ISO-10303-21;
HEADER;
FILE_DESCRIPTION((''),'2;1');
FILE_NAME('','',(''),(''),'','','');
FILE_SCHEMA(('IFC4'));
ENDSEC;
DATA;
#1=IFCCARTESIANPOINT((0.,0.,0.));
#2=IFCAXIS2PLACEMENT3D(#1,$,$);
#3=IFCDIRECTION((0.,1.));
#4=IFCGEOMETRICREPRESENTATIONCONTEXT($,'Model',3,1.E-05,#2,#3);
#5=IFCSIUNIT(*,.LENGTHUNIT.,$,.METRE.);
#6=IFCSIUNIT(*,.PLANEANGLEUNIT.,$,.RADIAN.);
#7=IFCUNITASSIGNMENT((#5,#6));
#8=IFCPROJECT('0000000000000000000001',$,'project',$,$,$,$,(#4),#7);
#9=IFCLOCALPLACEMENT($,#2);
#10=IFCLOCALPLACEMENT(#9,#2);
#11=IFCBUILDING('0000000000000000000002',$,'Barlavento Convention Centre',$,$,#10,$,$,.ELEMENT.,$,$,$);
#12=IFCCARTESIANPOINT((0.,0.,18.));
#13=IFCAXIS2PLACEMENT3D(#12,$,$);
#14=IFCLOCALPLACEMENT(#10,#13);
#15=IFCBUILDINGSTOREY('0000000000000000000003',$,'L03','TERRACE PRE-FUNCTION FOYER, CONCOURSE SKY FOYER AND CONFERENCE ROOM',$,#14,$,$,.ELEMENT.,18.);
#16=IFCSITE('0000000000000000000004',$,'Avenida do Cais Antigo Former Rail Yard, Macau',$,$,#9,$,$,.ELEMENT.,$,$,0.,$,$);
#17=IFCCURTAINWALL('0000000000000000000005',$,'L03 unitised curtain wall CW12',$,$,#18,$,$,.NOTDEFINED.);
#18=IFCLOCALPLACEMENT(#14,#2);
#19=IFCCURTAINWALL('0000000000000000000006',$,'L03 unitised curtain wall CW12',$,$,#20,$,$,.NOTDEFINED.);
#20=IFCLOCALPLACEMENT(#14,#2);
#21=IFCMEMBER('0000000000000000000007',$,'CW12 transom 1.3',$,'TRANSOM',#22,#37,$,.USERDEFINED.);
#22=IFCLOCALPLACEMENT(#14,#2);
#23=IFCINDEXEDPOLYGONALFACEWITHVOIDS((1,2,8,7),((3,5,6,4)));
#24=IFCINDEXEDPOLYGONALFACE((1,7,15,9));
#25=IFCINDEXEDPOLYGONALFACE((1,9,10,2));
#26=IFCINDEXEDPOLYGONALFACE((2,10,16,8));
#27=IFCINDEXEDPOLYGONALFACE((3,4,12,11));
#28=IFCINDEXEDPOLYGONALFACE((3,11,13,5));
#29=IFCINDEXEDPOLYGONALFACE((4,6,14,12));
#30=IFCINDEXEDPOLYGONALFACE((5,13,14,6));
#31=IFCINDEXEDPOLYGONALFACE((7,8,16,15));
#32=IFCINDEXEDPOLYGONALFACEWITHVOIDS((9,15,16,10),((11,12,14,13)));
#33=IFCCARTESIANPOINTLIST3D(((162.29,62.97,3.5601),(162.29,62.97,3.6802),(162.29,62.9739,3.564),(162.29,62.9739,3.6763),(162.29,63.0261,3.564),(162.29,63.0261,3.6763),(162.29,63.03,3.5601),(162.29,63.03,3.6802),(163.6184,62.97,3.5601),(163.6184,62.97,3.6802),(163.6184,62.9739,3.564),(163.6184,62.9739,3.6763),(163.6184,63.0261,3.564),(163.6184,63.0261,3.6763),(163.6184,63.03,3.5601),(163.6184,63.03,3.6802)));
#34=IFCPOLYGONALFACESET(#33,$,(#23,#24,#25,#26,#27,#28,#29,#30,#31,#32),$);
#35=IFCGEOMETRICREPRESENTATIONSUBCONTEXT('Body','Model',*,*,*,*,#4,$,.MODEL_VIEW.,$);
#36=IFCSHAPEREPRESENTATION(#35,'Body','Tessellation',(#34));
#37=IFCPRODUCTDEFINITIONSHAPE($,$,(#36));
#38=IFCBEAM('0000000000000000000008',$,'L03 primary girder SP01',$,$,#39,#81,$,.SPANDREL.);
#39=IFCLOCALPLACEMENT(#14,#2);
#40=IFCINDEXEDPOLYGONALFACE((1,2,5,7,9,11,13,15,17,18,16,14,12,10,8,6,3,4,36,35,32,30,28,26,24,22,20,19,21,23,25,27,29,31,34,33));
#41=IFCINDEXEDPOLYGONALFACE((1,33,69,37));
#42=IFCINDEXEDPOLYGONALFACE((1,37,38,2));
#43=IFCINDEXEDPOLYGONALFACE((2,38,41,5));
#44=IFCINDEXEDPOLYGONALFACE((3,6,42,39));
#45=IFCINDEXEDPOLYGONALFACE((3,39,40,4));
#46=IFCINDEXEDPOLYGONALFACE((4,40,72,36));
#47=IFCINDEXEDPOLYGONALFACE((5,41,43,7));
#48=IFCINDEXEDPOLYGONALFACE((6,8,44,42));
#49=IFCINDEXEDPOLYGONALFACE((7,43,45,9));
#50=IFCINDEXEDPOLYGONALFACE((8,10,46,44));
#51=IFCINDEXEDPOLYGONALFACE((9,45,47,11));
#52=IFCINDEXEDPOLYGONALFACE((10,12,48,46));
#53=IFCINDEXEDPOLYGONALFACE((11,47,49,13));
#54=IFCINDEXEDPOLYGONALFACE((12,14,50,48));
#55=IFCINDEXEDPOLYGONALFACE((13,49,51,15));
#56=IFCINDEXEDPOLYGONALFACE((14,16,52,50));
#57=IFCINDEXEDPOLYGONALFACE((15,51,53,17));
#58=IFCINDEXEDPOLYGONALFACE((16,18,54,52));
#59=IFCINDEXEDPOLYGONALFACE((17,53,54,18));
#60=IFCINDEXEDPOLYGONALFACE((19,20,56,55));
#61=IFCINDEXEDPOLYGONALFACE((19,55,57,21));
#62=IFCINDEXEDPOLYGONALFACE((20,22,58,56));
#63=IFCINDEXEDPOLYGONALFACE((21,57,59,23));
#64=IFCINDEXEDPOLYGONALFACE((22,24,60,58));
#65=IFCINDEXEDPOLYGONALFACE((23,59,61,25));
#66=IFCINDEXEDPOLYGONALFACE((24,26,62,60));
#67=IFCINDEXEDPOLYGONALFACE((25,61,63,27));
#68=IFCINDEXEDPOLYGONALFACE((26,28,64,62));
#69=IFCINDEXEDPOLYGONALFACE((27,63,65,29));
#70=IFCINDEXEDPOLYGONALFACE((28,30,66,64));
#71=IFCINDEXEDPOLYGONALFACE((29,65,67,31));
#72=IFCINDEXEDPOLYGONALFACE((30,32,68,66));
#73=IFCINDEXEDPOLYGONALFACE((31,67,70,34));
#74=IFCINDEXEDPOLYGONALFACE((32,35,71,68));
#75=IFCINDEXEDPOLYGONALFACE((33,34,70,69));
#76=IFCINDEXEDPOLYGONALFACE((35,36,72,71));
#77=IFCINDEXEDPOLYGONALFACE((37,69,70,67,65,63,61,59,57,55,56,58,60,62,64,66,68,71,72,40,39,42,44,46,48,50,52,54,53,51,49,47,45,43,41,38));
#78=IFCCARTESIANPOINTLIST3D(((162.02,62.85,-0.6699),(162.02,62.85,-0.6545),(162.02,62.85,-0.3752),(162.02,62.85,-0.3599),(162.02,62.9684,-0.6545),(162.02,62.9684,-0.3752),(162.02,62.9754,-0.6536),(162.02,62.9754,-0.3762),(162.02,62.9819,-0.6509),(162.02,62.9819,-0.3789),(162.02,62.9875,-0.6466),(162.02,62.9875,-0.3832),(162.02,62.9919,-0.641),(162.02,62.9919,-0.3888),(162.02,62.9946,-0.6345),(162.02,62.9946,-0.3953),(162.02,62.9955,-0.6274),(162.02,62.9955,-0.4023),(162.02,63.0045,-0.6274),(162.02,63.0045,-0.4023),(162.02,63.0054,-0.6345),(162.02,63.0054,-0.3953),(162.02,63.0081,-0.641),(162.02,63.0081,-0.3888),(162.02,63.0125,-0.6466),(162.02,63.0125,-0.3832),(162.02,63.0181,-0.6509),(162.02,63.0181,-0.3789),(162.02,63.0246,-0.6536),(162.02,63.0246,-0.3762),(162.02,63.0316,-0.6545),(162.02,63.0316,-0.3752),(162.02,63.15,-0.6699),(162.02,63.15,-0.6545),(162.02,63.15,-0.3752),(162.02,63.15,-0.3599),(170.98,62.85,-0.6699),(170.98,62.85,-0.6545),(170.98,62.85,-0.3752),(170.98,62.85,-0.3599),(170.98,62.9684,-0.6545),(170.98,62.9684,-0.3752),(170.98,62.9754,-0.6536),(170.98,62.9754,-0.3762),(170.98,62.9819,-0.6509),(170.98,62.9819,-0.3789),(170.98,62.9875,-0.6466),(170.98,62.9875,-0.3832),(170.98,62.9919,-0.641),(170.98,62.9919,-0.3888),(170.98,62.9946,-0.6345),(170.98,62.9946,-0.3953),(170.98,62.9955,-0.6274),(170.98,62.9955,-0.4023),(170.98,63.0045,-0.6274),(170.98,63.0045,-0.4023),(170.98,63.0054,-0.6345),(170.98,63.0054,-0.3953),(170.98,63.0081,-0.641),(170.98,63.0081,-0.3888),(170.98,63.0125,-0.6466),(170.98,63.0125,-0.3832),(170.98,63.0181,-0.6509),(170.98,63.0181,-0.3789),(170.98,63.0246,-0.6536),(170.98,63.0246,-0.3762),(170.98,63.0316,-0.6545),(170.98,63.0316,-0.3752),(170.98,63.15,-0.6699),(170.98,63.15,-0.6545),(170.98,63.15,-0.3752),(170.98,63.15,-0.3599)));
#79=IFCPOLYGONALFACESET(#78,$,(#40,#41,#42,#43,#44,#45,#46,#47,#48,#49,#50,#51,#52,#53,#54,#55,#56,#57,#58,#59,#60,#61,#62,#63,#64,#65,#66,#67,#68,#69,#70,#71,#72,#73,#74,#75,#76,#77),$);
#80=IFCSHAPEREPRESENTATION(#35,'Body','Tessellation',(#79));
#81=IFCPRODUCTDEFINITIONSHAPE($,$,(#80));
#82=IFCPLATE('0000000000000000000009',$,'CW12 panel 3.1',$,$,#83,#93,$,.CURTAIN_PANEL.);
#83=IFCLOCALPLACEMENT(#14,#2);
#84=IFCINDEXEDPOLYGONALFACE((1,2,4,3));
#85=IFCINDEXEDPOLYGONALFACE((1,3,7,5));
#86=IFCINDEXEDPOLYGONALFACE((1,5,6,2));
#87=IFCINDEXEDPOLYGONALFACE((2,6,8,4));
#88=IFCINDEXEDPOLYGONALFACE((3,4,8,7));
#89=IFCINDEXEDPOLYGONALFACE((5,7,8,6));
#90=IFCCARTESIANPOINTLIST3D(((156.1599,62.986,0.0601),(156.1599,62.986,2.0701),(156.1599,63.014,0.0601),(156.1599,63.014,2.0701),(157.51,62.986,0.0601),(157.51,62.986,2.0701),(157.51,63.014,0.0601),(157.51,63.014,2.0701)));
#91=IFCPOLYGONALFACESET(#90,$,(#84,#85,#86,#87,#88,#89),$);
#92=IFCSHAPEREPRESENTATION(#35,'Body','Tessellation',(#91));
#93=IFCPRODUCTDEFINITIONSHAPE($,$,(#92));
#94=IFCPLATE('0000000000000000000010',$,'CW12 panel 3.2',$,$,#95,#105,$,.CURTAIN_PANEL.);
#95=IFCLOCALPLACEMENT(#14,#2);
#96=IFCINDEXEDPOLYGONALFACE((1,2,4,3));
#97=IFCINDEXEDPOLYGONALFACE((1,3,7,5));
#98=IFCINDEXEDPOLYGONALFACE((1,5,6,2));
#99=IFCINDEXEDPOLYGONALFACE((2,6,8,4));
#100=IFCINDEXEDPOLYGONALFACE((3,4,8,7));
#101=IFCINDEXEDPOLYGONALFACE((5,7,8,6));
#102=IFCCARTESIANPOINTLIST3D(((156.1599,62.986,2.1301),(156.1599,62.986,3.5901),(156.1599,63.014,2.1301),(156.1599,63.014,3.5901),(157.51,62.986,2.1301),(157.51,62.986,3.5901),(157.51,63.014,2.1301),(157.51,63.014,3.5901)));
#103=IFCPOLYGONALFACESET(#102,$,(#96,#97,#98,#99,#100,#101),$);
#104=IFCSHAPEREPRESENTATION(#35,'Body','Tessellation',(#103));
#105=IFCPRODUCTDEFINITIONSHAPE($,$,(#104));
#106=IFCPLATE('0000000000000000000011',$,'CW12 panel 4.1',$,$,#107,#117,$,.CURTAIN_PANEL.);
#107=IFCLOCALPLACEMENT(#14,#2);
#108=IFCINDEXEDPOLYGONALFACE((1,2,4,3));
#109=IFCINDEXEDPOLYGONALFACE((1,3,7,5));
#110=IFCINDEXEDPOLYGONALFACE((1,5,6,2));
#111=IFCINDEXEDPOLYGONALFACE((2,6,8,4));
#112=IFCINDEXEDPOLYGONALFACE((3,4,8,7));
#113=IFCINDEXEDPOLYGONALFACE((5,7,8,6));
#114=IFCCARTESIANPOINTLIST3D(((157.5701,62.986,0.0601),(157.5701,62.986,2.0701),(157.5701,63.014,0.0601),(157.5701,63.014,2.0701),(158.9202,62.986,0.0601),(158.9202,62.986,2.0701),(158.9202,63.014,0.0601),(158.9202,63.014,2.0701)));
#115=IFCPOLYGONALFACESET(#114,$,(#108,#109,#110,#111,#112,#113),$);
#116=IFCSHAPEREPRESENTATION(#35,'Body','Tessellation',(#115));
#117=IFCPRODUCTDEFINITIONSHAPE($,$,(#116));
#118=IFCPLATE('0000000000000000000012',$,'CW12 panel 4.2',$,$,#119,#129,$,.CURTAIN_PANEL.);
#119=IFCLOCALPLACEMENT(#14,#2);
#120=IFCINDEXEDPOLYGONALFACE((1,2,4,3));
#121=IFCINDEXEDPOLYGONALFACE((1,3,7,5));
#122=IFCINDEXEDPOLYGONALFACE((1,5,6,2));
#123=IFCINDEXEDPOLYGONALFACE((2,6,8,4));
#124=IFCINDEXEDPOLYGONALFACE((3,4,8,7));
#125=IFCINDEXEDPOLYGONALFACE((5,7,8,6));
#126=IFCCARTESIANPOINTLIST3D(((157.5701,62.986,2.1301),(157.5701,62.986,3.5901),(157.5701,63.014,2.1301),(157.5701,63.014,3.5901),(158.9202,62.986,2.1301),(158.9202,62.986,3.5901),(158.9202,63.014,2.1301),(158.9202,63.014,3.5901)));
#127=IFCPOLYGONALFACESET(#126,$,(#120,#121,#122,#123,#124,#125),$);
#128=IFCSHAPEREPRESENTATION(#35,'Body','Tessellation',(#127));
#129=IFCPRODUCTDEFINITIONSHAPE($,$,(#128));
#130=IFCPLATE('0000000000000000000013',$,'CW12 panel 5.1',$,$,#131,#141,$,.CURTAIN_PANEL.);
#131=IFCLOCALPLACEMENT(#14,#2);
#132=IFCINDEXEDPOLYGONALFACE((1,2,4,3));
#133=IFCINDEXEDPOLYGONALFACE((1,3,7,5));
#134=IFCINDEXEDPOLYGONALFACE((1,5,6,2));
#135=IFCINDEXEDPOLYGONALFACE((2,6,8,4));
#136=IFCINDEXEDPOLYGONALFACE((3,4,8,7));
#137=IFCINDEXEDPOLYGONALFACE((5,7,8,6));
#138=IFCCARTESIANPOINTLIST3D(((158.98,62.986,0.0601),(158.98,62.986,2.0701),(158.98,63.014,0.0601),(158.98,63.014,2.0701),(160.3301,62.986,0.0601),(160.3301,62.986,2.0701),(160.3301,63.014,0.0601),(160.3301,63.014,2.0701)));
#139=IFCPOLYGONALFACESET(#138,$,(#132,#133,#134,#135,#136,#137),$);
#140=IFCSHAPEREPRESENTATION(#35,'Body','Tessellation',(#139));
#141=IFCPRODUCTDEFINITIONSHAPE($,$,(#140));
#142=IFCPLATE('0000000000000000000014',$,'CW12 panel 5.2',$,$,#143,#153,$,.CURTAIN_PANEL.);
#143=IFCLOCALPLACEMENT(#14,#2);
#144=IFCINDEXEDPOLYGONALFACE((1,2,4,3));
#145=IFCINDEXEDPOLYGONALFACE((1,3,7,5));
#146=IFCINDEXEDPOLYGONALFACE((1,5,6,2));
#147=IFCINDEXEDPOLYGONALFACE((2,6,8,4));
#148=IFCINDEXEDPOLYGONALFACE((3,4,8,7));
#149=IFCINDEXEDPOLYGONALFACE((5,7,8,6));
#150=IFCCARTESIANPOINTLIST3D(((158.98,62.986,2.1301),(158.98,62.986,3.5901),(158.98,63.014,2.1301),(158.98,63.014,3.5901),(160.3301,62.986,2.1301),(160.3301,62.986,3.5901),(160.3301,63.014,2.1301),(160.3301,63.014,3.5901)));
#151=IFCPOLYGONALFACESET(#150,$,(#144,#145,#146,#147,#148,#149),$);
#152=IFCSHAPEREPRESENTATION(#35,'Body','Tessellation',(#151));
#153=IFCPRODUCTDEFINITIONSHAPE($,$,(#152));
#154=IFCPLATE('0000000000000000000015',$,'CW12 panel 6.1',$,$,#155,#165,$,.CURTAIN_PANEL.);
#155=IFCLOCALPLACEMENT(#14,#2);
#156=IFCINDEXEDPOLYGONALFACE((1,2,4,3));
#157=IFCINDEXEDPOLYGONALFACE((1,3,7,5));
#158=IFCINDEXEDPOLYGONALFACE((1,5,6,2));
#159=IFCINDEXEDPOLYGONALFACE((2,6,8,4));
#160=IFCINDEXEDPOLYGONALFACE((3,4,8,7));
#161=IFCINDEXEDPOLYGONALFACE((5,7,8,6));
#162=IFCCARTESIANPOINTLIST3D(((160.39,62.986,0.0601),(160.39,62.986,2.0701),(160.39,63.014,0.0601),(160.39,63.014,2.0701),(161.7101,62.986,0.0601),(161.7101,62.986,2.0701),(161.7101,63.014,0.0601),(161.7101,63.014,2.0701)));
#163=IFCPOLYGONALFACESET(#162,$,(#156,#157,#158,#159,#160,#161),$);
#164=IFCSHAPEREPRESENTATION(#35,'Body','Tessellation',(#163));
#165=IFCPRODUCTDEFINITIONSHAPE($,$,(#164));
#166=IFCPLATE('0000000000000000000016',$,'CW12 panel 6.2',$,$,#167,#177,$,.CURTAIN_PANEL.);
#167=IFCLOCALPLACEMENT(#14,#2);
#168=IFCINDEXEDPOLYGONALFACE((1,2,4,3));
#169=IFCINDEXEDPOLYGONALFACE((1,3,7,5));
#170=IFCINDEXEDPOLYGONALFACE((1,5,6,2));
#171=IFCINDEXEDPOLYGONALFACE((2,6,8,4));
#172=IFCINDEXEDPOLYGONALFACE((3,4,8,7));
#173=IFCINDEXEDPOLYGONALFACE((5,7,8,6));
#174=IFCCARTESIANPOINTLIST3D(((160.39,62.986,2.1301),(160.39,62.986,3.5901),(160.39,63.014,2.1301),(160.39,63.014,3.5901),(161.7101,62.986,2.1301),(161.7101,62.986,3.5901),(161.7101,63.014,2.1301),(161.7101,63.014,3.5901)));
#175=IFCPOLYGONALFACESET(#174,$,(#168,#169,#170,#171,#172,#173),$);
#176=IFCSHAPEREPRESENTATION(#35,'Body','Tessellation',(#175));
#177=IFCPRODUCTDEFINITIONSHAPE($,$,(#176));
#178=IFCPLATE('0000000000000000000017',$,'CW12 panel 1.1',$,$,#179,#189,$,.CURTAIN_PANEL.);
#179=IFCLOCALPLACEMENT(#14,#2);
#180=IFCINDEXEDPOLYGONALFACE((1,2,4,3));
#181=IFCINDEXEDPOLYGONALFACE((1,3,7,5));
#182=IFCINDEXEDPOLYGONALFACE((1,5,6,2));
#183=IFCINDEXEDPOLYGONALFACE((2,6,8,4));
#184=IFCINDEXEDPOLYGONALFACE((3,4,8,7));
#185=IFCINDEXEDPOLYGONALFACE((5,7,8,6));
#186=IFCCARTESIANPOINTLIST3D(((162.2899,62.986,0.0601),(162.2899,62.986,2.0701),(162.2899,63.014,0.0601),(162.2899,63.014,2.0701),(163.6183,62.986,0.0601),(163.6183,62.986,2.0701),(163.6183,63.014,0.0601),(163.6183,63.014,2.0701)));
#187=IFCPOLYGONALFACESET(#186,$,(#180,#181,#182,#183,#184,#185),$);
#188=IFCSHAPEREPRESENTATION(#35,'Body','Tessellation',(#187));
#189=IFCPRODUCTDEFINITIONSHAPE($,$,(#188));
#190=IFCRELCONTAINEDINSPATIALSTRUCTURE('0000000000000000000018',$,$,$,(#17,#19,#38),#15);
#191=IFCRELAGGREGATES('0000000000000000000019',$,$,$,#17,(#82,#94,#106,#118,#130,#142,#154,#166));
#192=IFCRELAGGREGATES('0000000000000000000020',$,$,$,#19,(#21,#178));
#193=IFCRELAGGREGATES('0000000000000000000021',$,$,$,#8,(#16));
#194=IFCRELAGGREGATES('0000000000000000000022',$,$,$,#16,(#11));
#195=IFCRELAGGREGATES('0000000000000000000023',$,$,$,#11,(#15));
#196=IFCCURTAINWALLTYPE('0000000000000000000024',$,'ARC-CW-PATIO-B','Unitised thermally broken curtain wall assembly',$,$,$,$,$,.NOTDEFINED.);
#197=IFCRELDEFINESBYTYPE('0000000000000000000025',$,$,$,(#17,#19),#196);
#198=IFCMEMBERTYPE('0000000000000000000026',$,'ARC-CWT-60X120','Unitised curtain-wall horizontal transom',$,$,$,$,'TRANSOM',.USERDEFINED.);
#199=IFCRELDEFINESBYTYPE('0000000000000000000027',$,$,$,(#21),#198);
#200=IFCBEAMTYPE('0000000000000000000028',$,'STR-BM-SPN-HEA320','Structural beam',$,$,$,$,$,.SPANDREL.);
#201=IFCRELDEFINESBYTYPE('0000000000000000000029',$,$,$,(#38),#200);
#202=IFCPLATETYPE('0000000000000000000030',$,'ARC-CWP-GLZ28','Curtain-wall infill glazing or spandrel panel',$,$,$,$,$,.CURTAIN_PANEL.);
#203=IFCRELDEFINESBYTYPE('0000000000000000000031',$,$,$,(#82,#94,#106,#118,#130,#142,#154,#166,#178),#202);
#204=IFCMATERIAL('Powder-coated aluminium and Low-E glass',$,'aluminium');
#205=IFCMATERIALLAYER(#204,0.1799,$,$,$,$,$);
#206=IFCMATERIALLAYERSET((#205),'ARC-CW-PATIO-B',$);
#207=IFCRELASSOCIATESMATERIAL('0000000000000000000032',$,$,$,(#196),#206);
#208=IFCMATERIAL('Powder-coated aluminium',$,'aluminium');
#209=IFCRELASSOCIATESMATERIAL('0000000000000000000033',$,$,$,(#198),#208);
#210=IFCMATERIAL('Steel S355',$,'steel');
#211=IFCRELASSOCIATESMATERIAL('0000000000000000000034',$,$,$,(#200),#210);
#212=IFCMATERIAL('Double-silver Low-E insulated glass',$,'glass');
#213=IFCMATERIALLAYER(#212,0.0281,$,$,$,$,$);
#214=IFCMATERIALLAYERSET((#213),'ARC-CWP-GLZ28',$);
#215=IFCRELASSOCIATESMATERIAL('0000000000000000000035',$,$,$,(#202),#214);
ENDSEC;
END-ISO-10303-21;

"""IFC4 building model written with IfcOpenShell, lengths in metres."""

from ifc_helpers import new_model, si_unit, direction, frame, origin, origin_2d, place, context, subcontext, project, spatial, rectangle, hollow_rectangle, i_section, extrude, material, layer, layer_set, material_profile, profile_set, type_object, element, aggregate, save


model = new_model("IFC4")

# Units and contexts
model_context = context("Model", 3, precision=1e-05, world=origin(), true_north=direction((0.0, 1.0)))
body_context = subcontext(model_context, "Body", "Model", "MODEL_VIEW")
ifc_project = project(units=[si_unit("LENGTHUNIT", "METRE"), si_unit("PLANEANGLEUNIT", "RADIAN")], contexts=[model_context])

# Site, building, storey
site_placement = place(None, origin())
site = spatial("IfcSite", under=ifc_project, at=site_placement, Name="Avenida do Cais Antigo Former Rail Yard, Macau", CompositionType="ELEMENT", RefElevation=0.0)
building_placement = place(site_placement, origin())
building = spatial("IfcBuilding", under=site, at=building_placement, Name="Barlavento Convention Centre", CompositionType="ELEMENT")
storey_placement = place(building_placement, frame((0.0, 0.0, 18.0)))
storey = spatial("IfcBuildingStorey", under=building, at=storey_placement, Name="L03", Description="TERRACE PRE-FUNCTION FOYER, CONCOURSE SKY FOYER AND CONFERENCE ROOM", CompositionType="ELEMENT", Elevation=18.0)

# Shared definitions
ifc_material_1 = material(Name="Steel S355", Category="steel")

# Curtain wall
ifc_material_2 = material(Name="Powder-coated aluminium and Low-E glass", Category="aluminium")
ifc_layer_1 = layer(ifc_material_2, 0.1799)
ifc_layer_set_1 = layer_set([ifc_layer_1], Name="ARC-CW-PATIO-B")
curtain_wall_type = type_object("IfcCurtainWallType", Name="ARC-CW-PATIO-B", Description="Unitised thermally broken curtain wall assembly", PredefinedType="NOTDEFINED", material=ifc_layer_set_1)
curtain_wall_1_placement = place(storey_placement, origin())
curtain_wall_1 = element("IfcCurtainWall", 1, at=curtain_wall_1_placement, inside=storey, type_object=curtain_wall_type, Name="L03 unitised curtain wall CW12", PredefinedType="NOTDEFINED")
ifc_material_3 = material(Name="Powder-coated aluminium", Category="aluminium")

# Curtain wall
curtain_wall_2_placement = place(storey_placement, origin())
curtain_wall_2 = element("IfcCurtainWall", 2, at=curtain_wall_2_placement, inside=storey, type_object=curtain_wall_type, Name="L03 unitised curtain wall CW12", PredefinedType="NOTDEFINED")

# Member
ifc_material_profile_1 = material_profile(ifc_material_3, hollow_rectangle(XDim=0.0601, YDim=0.1201, WallThickness=0.0039, at=origin_2d()), Name="AL-TRAN 60x120x4")
ifc_profile_set_1 = profile_set([ifc_material_profile_1], Name="Powder-coated aluminium")
member_type_1 = type_object("IfcMemberType", Name="ARC-CWT-60X120", Description="Unitised curtain-wall horizontal transom", ElementType="TRANSOM", PredefinedType="USERDEFINED", material=ifc_profile_set_1)
member_1_placement = place(storey_placement, frame((162.29, 63.0, 3.6201), z_axis=(1.0, 0.0, 0.0), x_axis=(0.0, 1.0, 0.0)))
member_1 = element("IfcMember", 3, at=member_1_placement, type_object=member_type_1, Name="CW12 transom 1.3", ObjectType="TRANSOM", PredefinedType="USERDEFINED", context=body_context, shape_type="SweptSolid", body=[
    extrude(hollow_rectangle(XDim=0.0601, YDim=0.1201, WallThickness=0.0039, at=origin_2d()), origin(), (0.0, 0.0, 1.0), 1.3284),
])

# Beam
ifc_material_profile_2 = material_profile(ifc_material_1, i_section(OverallWidth=0.3, OverallDepth=0.3101, WebThickness=0.009, FlangeThickness=0.0154, FilletRadius=0.0271, at=origin_2d()), Name="HEA 320")
ifc_profile_set_2 = profile_set([ifc_material_profile_2], Name="Steel S355")
beam_type = type_object("IfcBeamType", Name="STR-BM-SPN-HEA320", Description="Structural beam", PredefinedType="SPANDREL", material=ifc_profile_set_2)
beam_placement = place(storey_placement, frame((162.02, 63.0, -0.5149), z_axis=(1.0, 0.0, 0.0), x_axis=(0.0, 1.0, 0.0)))
element("IfcBeam", 4, at=beam_placement, inside=storey, type_object=beam_type, Name="L03 primary girder SP01", PredefinedType="SPANDREL", context=body_context, shape_type="SweptSolid", body=[
    extrude(i_section(OverallWidth=0.3, OverallDepth=0.3101, WebThickness=0.009, FlangeThickness=0.0154, FilletRadius=0.0271, at=origin_2d()), origin(), (0.0, 0.0, 1.0), 8.96),
])

# Plates
ifc_material_4 = material(Name="Double-silver Low-E insulated glass", Category="glass")
ifc_layer_2 = layer(ifc_material_4, 0.0281)
ifc_layer_set_2 = layer_set([ifc_layer_2], Name="ARC-CWP-GLZ28")
plate_type = type_object("IfcPlateType", Name="ARC-CWP-GLZ28", Description="Curtain-wall infill glazing or spandrel panel", PredefinedType="CURTAIN_PANEL", material=ifc_layer_set_2)
plate_1_placement = place(storey_placement, frame((156.835, 63.0, 0.0601), z_axis=(0.0, 0.0, 1.0), x_axis=(1.0, 0.0, 0.0)))
plate_1 = element("IfcPlate", 5, at=plate_1_placement, type_object=plate_type, Name="CW12 panel 3.1", PredefinedType="CURTAIN_PANEL", context=body_context, shape_type="SweptSolid", body=[
    extrude(rectangle(XDim=1.3501, YDim=0.0281, at=origin_2d()), origin(), (0.0, 0.0, 1.0), 2.01),
])
plate_2_placement = place(storey_placement, frame((156.835, 63.0, 2.1301), z_axis=(0.0, 0.0, 1.0), x_axis=(1.0, 0.0, 0.0)))
plate_2 = element("IfcPlate", 6, at=plate_2_placement, type_object=plate_type, Name="CW12 panel 3.2", PredefinedType="CURTAIN_PANEL", context=body_context, shape_type="SweptSolid", body=[
    extrude(rectangle(XDim=1.3501, YDim=0.0281, at=origin_2d()), origin(), (0.0, 0.0, 1.0), 1.46),
])
plate_3_placement = place(storey_placement, frame((158.2451, 63.0, 0.0601), z_axis=(0.0, 0.0, 1.0), x_axis=(1.0, 0.0, 0.0)))
plate_3 = element("IfcPlate", 7, at=plate_3_placement, type_object=plate_type, Name="CW12 panel 4.1", PredefinedType="CURTAIN_PANEL", context=body_context, shape_type="SweptSolid", body=[
    extrude(rectangle(XDim=1.3501, YDim=0.0281, at=origin_2d()), origin(), (0.0, 0.0, 1.0), 2.01),
])
plate_4_placement = place(storey_placement, frame((158.2451, 63.0, 2.1301), z_axis=(0.0, 0.0, 1.0), x_axis=(1.0, 0.0, 0.0)))
plate_4 = element("IfcPlate", 8, at=plate_4_placement, type_object=plate_type, Name="CW12 panel 4.2", PredefinedType="CURTAIN_PANEL", context=body_context, shape_type="SweptSolid", body=[
    extrude(rectangle(XDim=1.3501, YDim=0.0281, at=origin_2d()), origin(), (0.0, 0.0, 1.0), 1.46),
])
plate_5_placement = place(storey_placement, frame((159.655, 63.0, 0.0601), z_axis=(0.0, 0.0, 1.0), x_axis=(1.0, 0.0, 0.0)))
plate_5 = element("IfcPlate", 9, at=plate_5_placement, type_object=plate_type, Name="CW12 panel 5.1", PredefinedType="CURTAIN_PANEL", context=body_context, shape_type="SweptSolid", body=[
    extrude(rectangle(XDim=1.3501, YDim=0.0281, at=origin_2d()), origin(), (0.0, 0.0, 1.0), 2.01),
])
plate_6_placement = place(storey_placement, frame((159.655, 63.0, 2.1301), z_axis=(0.0, 0.0, 1.0), x_axis=(1.0, 0.0, 0.0)))
plate_6 = element("IfcPlate", 10, at=plate_6_placement, type_object=plate_type, Name="CW12 panel 5.2", PredefinedType="CURTAIN_PANEL", context=body_context, shape_type="SweptSolid", body=[
    extrude(rectangle(XDim=1.3501, YDim=0.0281, at=origin_2d()), origin(), (0.0, 0.0, 1.0), 1.46),
])
plate_7_placement = place(storey_placement, frame((161.05, 63.0, 0.0601), z_axis=(0.0, 0.0, 1.0), x_axis=(1.0, 0.0, 0.0)))
plate_7 = element("IfcPlate", 11, at=plate_7_placement, type_object=plate_type, Name="CW12 panel 6.1", PredefinedType="CURTAIN_PANEL", context=body_context, shape_type="SweptSolid", body=[
    extrude(rectangle(XDim=1.3201, YDim=0.0281, at=origin_2d()), origin(), (0.0, 0.0, 1.0), 2.01),
])
plate_8_placement = place(storey_placement, frame((161.05, 63.0, 2.1301), z_axis=(0.0, 0.0, 1.0), x_axis=(1.0, 0.0, 0.0)))
plate_8 = element("IfcPlate", 12, at=plate_8_placement, type_object=plate_type, Name="CW12 panel 6.2", PredefinedType="CURTAIN_PANEL", context=body_context, shape_type="SweptSolid", body=[
    extrude(rectangle(XDim=1.3201, YDim=0.0281, at=origin_2d()), origin(), (0.0, 0.0, 1.0), 1.46),
])
aggregate(curtain_wall_1, [plate_1, plate_2, plate_3, plate_4, plate_5, plate_6, plate_7, plate_8])
plate_9_placement = place(storey_placement, frame((162.9541, 63.0, 0.0601), z_axis=(0.0, 0.0, 1.0), x_axis=(1.0, 0.0, 0.0)))
plate_9 = element("IfcPlate", 13, at=plate_9_placement, type_object=plate_type, Name="CW12 panel 1.1", PredefinedType="CURTAIN_PANEL", context=body_context, shape_type="SweptSolid", body=[
    extrude(rectangle(XDim=1.3284, YDim=0.0281, at=origin_2d()), origin(), (0.0, 0.0, 1.0), 2.01),
])
aggregate(curtain_wall_2, [member_1, plate_9])

save(model, "model.ifc")
